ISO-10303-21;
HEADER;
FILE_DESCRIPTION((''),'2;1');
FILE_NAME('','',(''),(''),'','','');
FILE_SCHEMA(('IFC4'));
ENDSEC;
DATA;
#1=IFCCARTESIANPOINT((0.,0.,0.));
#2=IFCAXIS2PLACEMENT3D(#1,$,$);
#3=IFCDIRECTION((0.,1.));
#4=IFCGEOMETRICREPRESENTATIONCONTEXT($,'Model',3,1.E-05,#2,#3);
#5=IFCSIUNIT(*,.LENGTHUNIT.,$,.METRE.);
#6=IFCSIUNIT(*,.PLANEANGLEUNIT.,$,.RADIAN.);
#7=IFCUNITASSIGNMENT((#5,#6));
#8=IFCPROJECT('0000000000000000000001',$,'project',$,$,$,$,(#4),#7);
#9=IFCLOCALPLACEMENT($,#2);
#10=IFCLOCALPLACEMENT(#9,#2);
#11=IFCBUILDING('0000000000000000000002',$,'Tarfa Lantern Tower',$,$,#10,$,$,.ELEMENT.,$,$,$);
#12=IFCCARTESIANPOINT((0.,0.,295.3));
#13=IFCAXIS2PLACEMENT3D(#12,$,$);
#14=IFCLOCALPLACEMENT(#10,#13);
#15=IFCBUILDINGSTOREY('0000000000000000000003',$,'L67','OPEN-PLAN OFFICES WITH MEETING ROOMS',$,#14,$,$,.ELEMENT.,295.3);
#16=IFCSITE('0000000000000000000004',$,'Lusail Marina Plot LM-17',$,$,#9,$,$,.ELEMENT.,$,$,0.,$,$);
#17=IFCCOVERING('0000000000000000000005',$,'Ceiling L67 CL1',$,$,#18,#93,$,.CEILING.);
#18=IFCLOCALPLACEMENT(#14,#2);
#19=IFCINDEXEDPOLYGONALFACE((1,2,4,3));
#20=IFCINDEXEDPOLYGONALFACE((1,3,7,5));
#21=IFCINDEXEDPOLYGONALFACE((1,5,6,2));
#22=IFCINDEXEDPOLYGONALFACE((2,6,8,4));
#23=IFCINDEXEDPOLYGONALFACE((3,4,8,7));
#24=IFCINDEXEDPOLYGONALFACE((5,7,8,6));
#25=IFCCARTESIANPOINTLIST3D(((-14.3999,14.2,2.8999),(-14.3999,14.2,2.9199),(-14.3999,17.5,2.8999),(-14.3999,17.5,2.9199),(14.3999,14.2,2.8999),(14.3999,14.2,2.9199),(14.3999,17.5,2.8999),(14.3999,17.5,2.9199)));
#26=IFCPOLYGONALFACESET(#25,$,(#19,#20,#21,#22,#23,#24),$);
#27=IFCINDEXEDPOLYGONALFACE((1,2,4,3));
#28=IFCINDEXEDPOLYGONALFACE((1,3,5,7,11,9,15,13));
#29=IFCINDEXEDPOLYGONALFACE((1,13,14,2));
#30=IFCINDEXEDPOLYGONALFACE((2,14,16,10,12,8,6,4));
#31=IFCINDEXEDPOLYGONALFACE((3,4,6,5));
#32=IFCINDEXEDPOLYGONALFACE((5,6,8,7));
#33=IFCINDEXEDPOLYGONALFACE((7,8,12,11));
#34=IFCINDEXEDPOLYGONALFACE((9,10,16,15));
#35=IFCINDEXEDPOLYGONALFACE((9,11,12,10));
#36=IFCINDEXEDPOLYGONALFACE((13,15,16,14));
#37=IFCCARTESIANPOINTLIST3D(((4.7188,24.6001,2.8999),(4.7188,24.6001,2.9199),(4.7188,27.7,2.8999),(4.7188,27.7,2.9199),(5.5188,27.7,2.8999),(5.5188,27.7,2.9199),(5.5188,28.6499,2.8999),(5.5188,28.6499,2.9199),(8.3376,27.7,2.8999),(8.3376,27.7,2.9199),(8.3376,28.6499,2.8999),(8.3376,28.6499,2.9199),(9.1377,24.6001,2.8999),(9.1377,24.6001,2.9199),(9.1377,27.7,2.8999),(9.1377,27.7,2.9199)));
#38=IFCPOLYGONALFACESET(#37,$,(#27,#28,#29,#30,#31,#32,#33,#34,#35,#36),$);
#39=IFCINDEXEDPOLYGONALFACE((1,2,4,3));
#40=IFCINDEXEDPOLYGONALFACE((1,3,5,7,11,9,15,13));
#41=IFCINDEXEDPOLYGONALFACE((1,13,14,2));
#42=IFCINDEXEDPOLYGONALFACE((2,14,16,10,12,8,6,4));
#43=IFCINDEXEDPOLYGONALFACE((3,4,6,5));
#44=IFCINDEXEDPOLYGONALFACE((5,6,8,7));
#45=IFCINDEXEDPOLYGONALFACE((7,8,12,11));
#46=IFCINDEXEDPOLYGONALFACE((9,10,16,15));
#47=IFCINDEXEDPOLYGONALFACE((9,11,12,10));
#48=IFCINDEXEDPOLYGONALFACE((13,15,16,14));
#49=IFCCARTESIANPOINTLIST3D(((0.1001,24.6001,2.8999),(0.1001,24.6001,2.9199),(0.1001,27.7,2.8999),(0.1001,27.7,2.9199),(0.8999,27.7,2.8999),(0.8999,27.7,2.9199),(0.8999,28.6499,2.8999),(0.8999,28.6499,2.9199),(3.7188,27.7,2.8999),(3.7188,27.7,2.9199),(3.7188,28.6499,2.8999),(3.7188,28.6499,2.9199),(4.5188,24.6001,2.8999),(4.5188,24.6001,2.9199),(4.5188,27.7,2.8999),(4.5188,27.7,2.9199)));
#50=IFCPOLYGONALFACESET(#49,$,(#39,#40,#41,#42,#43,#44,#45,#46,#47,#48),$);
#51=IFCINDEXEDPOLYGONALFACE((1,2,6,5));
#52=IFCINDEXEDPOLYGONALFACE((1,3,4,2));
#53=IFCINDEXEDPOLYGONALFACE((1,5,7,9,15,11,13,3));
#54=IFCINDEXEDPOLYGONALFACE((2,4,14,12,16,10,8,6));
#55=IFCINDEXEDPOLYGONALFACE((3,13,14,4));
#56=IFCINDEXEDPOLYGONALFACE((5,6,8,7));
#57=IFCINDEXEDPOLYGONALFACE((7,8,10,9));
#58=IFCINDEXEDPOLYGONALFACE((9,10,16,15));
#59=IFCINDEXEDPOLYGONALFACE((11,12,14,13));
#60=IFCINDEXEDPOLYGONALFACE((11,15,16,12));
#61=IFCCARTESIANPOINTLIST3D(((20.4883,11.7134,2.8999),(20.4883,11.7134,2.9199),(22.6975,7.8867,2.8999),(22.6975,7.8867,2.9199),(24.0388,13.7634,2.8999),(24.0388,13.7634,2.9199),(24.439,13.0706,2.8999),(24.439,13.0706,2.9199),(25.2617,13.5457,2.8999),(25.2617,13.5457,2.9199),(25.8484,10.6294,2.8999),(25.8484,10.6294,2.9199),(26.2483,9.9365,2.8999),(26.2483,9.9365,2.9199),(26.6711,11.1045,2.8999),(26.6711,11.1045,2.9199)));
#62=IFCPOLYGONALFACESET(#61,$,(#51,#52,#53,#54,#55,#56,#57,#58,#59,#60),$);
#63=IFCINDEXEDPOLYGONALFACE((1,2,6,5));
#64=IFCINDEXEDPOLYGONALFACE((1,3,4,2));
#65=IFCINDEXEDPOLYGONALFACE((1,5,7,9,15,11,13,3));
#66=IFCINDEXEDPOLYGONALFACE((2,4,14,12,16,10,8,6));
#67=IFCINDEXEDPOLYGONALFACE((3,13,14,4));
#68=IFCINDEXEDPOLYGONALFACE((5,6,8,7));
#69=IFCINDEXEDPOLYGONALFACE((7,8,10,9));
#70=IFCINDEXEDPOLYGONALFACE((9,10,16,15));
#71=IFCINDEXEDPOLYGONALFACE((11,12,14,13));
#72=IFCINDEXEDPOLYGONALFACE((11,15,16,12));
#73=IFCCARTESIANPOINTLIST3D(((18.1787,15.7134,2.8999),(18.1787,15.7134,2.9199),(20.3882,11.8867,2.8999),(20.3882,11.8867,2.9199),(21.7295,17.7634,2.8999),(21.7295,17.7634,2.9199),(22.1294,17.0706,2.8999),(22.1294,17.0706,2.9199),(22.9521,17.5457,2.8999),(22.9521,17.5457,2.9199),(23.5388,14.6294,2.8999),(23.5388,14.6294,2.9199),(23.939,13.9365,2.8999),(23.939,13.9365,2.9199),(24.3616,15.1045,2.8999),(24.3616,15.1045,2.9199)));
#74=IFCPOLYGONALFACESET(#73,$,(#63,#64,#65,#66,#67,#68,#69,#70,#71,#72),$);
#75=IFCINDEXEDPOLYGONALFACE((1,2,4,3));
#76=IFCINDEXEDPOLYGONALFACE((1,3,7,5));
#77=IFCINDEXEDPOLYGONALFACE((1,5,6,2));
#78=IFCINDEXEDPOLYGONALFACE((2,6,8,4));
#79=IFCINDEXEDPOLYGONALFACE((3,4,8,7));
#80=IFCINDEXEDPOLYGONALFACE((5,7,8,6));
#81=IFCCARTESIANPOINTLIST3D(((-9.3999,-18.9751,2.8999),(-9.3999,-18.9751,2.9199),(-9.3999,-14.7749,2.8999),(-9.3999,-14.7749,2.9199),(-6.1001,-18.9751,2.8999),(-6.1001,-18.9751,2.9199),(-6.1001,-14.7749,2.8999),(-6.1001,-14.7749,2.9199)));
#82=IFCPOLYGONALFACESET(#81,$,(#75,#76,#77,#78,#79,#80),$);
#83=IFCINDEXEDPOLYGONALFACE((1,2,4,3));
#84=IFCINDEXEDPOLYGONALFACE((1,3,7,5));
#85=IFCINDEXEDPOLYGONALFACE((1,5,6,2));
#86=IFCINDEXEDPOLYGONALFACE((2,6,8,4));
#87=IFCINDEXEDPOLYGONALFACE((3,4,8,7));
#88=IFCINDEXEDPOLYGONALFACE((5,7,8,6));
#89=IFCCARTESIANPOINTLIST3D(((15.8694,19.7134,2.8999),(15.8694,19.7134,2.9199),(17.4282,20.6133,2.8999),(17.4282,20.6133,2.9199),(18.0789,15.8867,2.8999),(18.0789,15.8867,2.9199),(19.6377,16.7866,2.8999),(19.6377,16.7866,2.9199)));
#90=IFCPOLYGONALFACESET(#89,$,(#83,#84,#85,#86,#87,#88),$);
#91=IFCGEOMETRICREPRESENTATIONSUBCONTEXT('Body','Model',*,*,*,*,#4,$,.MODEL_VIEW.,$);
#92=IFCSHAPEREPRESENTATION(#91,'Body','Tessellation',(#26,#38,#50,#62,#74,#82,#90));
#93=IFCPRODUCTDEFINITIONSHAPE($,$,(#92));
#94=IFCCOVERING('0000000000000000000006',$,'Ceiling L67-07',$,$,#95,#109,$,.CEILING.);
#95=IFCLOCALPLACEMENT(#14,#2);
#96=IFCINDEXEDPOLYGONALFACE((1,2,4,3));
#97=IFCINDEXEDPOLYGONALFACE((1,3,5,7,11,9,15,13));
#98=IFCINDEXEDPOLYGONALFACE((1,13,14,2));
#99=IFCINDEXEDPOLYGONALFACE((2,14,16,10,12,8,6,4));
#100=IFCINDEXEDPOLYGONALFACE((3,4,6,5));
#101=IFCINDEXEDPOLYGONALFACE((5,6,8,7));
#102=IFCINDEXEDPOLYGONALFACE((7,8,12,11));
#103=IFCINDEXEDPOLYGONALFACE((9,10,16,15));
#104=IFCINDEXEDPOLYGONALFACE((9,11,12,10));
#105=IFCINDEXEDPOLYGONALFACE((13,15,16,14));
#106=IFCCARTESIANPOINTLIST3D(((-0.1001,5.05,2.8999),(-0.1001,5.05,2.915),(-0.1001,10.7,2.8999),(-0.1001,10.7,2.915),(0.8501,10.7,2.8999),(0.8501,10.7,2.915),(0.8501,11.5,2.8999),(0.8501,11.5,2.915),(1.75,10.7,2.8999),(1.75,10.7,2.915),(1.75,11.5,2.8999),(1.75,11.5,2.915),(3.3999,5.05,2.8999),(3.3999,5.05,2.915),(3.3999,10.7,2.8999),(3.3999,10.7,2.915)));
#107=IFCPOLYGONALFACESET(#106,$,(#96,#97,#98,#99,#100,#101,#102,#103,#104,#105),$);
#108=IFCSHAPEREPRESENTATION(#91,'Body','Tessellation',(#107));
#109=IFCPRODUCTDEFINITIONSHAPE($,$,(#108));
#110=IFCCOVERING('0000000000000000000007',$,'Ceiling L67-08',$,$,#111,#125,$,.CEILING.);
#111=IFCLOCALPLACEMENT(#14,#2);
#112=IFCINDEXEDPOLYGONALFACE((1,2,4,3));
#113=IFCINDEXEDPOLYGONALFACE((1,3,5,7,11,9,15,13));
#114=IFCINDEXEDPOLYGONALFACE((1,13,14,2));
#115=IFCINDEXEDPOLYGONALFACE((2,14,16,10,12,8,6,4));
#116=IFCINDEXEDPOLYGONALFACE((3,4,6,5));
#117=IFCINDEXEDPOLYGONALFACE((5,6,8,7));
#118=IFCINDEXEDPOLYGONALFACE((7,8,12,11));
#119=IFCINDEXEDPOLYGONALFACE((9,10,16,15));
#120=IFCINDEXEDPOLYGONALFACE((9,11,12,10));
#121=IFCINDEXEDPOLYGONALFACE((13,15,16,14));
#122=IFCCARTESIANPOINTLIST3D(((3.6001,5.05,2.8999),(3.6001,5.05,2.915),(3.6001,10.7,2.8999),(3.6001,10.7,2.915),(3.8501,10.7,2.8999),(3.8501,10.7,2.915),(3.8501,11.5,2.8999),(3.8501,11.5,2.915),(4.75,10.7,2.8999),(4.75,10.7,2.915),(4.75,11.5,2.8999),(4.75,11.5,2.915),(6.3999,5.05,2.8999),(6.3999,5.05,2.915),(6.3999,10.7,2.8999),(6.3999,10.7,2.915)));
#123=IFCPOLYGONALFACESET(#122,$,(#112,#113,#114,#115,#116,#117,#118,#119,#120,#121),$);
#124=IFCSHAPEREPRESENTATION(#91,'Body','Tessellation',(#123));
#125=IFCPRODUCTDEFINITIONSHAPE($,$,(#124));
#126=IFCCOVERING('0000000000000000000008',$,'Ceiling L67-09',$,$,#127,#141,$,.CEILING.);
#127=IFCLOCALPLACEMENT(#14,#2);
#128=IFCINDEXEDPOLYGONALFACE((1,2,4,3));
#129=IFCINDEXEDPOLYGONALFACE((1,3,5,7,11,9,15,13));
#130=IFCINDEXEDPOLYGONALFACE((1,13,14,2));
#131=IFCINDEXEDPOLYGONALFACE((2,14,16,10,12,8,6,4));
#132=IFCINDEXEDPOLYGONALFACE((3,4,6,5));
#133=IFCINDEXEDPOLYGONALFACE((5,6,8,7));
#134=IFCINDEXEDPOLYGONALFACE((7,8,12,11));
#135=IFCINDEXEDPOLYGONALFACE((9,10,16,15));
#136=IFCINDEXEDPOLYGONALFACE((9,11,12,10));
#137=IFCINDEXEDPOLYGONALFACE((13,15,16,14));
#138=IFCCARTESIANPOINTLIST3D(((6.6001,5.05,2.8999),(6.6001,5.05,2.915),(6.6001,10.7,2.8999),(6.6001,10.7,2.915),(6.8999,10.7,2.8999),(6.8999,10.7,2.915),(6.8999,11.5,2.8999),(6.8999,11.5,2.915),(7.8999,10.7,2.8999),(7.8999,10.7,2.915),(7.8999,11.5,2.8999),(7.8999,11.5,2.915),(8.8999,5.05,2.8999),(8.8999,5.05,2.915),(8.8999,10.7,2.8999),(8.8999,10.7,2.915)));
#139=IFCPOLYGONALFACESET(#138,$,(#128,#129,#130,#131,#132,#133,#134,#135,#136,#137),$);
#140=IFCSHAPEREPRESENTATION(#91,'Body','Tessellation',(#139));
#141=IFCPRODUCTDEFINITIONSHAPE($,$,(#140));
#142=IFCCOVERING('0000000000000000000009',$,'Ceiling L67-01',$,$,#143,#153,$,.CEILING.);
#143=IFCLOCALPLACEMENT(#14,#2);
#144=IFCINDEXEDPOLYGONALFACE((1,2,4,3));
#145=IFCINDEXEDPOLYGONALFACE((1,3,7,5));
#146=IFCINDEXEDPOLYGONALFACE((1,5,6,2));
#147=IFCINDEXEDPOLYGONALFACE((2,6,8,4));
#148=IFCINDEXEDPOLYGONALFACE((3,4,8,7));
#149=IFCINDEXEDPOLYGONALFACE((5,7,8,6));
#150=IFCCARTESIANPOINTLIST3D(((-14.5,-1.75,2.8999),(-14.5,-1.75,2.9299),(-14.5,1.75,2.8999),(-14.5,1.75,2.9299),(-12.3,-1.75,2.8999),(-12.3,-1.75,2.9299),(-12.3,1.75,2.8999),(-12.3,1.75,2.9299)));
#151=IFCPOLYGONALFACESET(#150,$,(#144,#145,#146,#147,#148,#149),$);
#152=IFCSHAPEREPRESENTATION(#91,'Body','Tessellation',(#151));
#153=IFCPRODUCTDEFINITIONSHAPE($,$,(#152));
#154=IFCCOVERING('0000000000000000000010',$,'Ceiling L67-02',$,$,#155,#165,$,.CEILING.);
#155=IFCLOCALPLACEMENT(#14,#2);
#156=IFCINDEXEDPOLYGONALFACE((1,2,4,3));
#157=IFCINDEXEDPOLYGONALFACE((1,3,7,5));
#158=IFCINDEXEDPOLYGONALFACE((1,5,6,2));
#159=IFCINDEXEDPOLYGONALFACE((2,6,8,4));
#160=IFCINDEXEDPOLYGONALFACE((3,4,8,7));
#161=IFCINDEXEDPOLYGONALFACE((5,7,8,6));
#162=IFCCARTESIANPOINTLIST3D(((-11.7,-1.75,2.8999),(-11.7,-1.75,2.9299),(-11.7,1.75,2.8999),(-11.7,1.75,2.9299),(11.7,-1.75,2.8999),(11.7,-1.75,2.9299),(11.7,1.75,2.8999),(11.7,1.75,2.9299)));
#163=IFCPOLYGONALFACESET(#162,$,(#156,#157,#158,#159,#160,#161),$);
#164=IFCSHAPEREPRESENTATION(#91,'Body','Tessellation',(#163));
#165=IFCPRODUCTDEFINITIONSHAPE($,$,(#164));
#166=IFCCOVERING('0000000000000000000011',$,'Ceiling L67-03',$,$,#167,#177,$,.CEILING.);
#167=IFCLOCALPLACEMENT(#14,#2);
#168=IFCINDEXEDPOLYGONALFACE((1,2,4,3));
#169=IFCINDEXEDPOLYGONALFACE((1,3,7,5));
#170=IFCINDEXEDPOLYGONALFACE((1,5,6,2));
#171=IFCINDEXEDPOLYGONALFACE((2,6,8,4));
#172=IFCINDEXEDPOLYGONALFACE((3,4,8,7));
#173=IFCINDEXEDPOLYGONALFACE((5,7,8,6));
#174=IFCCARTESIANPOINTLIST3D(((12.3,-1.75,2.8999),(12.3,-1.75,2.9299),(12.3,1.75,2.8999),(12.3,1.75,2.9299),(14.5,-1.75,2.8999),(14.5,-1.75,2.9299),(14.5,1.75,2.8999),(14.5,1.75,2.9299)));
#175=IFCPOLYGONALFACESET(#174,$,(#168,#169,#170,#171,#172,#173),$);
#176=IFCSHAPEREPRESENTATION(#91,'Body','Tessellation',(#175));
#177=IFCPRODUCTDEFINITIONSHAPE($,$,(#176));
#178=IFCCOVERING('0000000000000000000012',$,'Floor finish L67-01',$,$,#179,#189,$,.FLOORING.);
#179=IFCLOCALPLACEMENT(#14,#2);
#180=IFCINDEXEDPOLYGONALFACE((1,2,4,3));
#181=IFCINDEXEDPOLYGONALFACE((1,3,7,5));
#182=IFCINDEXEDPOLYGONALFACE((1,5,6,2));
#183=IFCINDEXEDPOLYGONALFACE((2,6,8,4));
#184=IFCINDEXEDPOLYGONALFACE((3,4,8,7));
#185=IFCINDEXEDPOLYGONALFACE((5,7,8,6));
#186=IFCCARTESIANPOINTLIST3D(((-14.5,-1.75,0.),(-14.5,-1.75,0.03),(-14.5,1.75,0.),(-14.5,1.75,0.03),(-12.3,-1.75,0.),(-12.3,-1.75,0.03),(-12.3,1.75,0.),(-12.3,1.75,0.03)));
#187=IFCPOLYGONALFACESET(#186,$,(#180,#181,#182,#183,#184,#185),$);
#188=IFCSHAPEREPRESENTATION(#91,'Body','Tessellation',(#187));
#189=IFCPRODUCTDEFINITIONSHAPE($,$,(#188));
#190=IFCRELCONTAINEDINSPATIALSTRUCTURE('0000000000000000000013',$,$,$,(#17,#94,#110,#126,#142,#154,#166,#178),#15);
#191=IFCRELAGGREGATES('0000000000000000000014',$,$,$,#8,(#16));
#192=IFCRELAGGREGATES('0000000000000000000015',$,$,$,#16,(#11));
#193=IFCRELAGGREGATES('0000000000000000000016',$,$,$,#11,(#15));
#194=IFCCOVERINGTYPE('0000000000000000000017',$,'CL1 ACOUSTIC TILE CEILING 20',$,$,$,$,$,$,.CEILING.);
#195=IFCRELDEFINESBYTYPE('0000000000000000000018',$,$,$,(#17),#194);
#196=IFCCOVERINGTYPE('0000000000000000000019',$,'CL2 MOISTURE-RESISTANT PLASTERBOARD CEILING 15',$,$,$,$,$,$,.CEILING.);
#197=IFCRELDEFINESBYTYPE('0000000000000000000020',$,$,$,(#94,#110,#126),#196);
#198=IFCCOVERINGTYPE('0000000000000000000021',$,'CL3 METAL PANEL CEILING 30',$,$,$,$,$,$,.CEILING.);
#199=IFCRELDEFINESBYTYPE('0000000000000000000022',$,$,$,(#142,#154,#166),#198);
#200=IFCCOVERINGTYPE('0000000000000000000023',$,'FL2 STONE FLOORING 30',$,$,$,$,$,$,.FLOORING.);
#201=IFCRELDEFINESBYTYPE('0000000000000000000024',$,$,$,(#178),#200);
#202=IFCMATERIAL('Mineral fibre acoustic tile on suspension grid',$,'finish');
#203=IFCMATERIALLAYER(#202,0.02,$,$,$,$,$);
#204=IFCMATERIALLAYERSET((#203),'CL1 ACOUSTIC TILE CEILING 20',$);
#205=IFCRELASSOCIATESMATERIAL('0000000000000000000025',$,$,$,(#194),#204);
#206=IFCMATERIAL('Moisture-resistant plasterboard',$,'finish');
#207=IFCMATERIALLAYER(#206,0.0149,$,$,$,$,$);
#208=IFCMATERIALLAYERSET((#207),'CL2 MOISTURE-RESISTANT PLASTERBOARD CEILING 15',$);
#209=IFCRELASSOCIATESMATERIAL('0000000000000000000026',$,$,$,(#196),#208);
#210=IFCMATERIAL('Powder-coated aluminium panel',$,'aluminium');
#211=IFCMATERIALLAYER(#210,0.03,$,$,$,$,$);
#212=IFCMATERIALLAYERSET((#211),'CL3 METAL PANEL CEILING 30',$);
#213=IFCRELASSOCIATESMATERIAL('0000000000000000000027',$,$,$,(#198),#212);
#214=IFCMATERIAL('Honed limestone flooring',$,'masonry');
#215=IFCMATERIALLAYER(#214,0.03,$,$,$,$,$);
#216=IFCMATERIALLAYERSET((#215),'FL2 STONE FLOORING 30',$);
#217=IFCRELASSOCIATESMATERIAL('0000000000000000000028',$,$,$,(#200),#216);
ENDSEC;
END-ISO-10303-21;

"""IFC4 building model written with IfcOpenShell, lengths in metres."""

from ifc_helpers import new_model, si_unit, direction, frame, origin, place, context, subcontext, project, spatial, polyline, outline, extrude, material, layer, layer_set, type_object, element, save


model = new_model("IFC4")

# Units and contexts
model_context = context("Model", 3, precision=1e-05, world=origin(), true_north=direction((0.0, 1.0)))
body_context = subcontext(model_context, "Body", "Model", "MODEL_VIEW")
ifc_project = project(units=[si_unit("LENGTHUNIT", "METRE"), si_unit("PLANEANGLEUNIT", "RADIAN")], contexts=[model_context])

# Site, building, storey
site_placement = place(None, origin())
site = spatial("IfcSite", under=ifc_project, at=site_placement, Name="Lusail Marina Plot LM-17", CompositionType="ELEMENT", RefElevation=0.0)
building_placement = place(site_placement, origin())
building = spatial("IfcBuilding", under=site, at=building_placement, Name="Tarfa Lantern Tower", CompositionType="ELEMENT")
storey_placement = place(building_placement, frame((0.0, 0.0, 295.3)))
storey = spatial("IfcBuildingStorey", under=building, at=storey_placement, Name="L67", Description="OPEN-PLAN OFFICES WITH MEETING ROOMS", CompositionType="ELEMENT", Elevation=295.3)

# Coverings
ifc_material_1 = material(Name="Mineral fibre acoustic tile on suspension grid", Category="finish")
ifc_layer_1 = layer(ifc_material_1, 0.02)
ifc_layer_set_1 = layer_set([ifc_layer_1], Name="CL1 ACOUSTIC TILE CEILING 20")
covering_type_1 = type_object("IfcCoveringType", Name="CL1 ACOUSTIC TILE CEILING 20", PredefinedType="CEILING", material=ifc_layer_set_1)
covering_1_placement = place(storey_placement, frame((0.0, 0.0, 2.8999)))
element("IfcCovering", 1, at=covering_1_placement, inside=storey, type_object=covering_type_1, Name="Ceiling L67 CL1", PredefinedType="CEILING", context=body_context, shape_type="SweptSolid", body=[
    extrude(outline(polyline([(-14.3999, 17.5), (14.3999, 17.5), (14.3999, 14.2), (-14.3999, 14.2), (-14.3999, 17.5)])), origin(), (0.0, 0.0, 1.0), 0.02),
    extrude(outline(polyline([(9.1377, 24.6001), (4.7188, 24.6001), (4.7188, 27.7), (5.5188, 27.7), (5.5188, 28.6499), (8.3376, 28.6499), (8.3376, 27.7), (9.1377, 27.7), (9.1377, 24.6001)])), origin(), (0.0, 0.0, 1.0), 0.02),
    extrude(outline(polyline([(4.5188, 24.6001), (0.1001, 24.6001), (0.1001, 27.7), (0.8999, 27.7), (0.8999, 28.6499), (3.7188, 28.6499), (3.7188, 27.7), (4.5188, 27.7), (4.5188, 24.6001)])), origin(), (0.0, 0.0, 1.0), 0.02),
    extrude(outline(polyline([(20.4883, 11.7134), (24.0388, 13.7634), (24.439, 13.0706), (25.2617, 13.5457), (26.6711, 11.1045), (25.8484, 10.6294), (26.2483, 9.9365), (22.6975, 7.8867), (20.4883, 11.7134)])), origin(), (0.0, 0.0, 1.0), 0.02),
    extrude(outline(polyline([(18.1787, 15.7134), (21.7295, 17.7634), (22.1294, 17.0706), (22.9521, 17.5457), (24.3616, 15.1045), (23.5388, 14.6294), (23.939, 13.9365), (20.3882, 11.8867), (18.1787, 15.7134)])), origin(), (0.0, 0.0, 1.0), 0.02),
    extrude(outline(polyline([(-9.3999, -18.9751), (-9.3999, -14.7749), (-6.1001, -14.7749), (-6.1001, -18.9751), (-9.3999, -18.9751)])), origin(), (0.0, 0.0, 1.0), 0.02),
    extrude(outline(polyline([(15.8694, 19.7134), (17.4282, 20.6133), (19.6377, 16.7866), (18.0789, 15.8867), (15.8694, 19.7134)])), origin(), (0.0, 0.0, 1.0), 0.02),
])
ifc_material_2 = material(Name="Moisture-resistant plasterboard", Category="finish")
ifc_layer_2 = layer(ifc_material_2, 0.0149)
ifc_layer_set_2 = layer_set([ifc_layer_2], Name="CL2 MOISTURE-RESISTANT PLASTERBOARD CEILING 15")
covering_type_2 = type_object("IfcCoveringType", Name="CL2 MOISTURE-RESISTANT PLASTERBOARD CEILING 15", PredefinedType="CEILING", material=ifc_layer_set_2)
covering_2_placement = place(storey_placement, frame((0.0, 0.0, 2.8999)))
element("IfcCovering", 2, at=covering_2_placement, inside=storey, type_object=covering_type_2, Name="Ceiling L67-07", PredefinedType="CEILING", context=body_context, shape_type="SweptSolid", body=[
    extrude(outline(polyline([(0.8501, 10.7), (-0.1001, 10.7), (-0.1001, 5.05), (3.3999, 5.05), (3.3999, 10.7), (1.75, 10.7), (1.75, 11.5), (0.8501, 11.5), (0.8501, 11.5), (0.8501, 10.7)])), origin(), (0.0, 0.0, 1.0), 0.0151),
])
covering_3_placement = place(storey_placement, frame((0.0, 0.0, 2.8999)))
element("IfcCovering", 3, at=covering_3_placement, inside=storey, type_object=covering_type_2, Name="Ceiling L67-08", PredefinedType="CEILING", context=body_context, shape_type="SweptSolid", body=[
    extrude(outline(polyline([(3.6001, 5.05), (6.3999, 5.05), (6.3999, 10.7), (4.75, 10.7), (4.75, 11.5), (3.8501, 11.5), (3.8501, 10.7), (3.6001, 10.7), (3.6001, 5.05)])), origin(), (0.0, 0.0, 1.0), 0.0151),
])
covering_4_placement = place(storey_placement, frame((0.0, 0.0, 2.8999)))
element("IfcCovering", 4, at=covering_4_placement, inside=storey, type_object=covering_type_2, Name="Ceiling L67-09", PredefinedType="CEILING", context=body_context, shape_type="SweptSolid", body=[
    extrude(outline(polyline([(6.6001, 5.05), (8.8999, 5.05), (8.8999, 10.7), (7.8999, 10.7), (7.8999, 11.5), (6.8999, 11.5), (6.8999, 10.7), (6.6001, 10.7), (6.6001, 5.05)])), origin(), (0.0, 0.0, 1.0), 0.0151),
])
ifc_material_3 = material(Name="Powder-coated aluminium panel", Category="aluminium")
ifc_layer_3 = layer(ifc_material_3, 0.03)
ifc_layer_set_3 = layer_set([ifc_layer_3], Name="CL3 METAL PANEL CEILING 30")
covering_type_3 = type_object("IfcCoveringType", Name="CL3 METAL PANEL CEILING 30", PredefinedType="CEILING", material=ifc_layer_set_3)
covering_5_placement = place(storey_placement, frame((0.0, 0.0, 2.8999)))
element("IfcCovering", 5, at=covering_5_placement, inside=storey, type_object=covering_type_3, Name="Ceiling L67-01", PredefinedType="CEILING", context=body_context, shape_type="SweptSolid", body=[
    extrude(outline(polyline([(-14.5, -1.75), (-12.3, -1.75), (-12.3, 1.75), (-14.5, 1.75), (-14.5, -1.75)])), origin(), (0.0, 0.0, 1.0), 0.03),
])
covering_6_placement = place(storey_placement, frame((0.0, 0.0, 2.8999)))
element("IfcCovering", 6, at=covering_6_placement, inside=storey, type_object=covering_type_3, Name="Ceiling L67-02", PredefinedType="CEILING", context=body_context, shape_type="SweptSolid", body=[
    extrude(outline(polyline([(-11.7, -1.75), (11.7, -1.75), (11.7, 1.75), (-11.7, 1.75), (-11.7, -1.75)])), origin(), (0.0, 0.0, 1.0), 0.03),
])
covering_7_placement = place(storey_placement, frame((0.0, 0.0, 2.8999)))
element("IfcCovering", 7, at=covering_7_placement, inside=storey, type_object=covering_type_3, Name="Ceiling L67-03", PredefinedType="CEILING", context=body_context, shape_type="SweptSolid", body=[
    extrude(outline(polyline([(12.3, -1.75), (14.5, -1.75), (14.5, 1.75), (12.3, 1.75), (12.3, -1.75)])), origin(), (0.0, 0.0, 1.0), 0.03),
])
ifc_material_4 = material(Name="Honed limestone flooring", Category="masonry")
ifc_layer_4 = layer(ifc_material_4, 0.03)
ifc_layer_set_4 = layer_set([ifc_layer_4], Name="FL2 STONE FLOORING 30")
covering_type_4 = type_object("IfcCoveringType", Name="FL2 STONE FLOORING 30", PredefinedType="FLOORING", material=ifc_layer_set_4)
covering_8_placement = place(storey_placement, origin())
element("IfcCovering", 8, at=covering_8_placement, inside=storey, type_object=covering_type_4, Name="Floor finish L67-01", PredefinedType="FLOORING", context=body_context, shape_type="SweptSolid", body=[
    extrude(outline(polyline([(-14.5, -1.75), (-12.3, -1.75), (-12.3, 1.75), (-14.5, 1.75), (-14.5, -1.75)])), origin(), (0.0, 0.0, 1.0), 0.03),
])

save(model, "model.ifc")
